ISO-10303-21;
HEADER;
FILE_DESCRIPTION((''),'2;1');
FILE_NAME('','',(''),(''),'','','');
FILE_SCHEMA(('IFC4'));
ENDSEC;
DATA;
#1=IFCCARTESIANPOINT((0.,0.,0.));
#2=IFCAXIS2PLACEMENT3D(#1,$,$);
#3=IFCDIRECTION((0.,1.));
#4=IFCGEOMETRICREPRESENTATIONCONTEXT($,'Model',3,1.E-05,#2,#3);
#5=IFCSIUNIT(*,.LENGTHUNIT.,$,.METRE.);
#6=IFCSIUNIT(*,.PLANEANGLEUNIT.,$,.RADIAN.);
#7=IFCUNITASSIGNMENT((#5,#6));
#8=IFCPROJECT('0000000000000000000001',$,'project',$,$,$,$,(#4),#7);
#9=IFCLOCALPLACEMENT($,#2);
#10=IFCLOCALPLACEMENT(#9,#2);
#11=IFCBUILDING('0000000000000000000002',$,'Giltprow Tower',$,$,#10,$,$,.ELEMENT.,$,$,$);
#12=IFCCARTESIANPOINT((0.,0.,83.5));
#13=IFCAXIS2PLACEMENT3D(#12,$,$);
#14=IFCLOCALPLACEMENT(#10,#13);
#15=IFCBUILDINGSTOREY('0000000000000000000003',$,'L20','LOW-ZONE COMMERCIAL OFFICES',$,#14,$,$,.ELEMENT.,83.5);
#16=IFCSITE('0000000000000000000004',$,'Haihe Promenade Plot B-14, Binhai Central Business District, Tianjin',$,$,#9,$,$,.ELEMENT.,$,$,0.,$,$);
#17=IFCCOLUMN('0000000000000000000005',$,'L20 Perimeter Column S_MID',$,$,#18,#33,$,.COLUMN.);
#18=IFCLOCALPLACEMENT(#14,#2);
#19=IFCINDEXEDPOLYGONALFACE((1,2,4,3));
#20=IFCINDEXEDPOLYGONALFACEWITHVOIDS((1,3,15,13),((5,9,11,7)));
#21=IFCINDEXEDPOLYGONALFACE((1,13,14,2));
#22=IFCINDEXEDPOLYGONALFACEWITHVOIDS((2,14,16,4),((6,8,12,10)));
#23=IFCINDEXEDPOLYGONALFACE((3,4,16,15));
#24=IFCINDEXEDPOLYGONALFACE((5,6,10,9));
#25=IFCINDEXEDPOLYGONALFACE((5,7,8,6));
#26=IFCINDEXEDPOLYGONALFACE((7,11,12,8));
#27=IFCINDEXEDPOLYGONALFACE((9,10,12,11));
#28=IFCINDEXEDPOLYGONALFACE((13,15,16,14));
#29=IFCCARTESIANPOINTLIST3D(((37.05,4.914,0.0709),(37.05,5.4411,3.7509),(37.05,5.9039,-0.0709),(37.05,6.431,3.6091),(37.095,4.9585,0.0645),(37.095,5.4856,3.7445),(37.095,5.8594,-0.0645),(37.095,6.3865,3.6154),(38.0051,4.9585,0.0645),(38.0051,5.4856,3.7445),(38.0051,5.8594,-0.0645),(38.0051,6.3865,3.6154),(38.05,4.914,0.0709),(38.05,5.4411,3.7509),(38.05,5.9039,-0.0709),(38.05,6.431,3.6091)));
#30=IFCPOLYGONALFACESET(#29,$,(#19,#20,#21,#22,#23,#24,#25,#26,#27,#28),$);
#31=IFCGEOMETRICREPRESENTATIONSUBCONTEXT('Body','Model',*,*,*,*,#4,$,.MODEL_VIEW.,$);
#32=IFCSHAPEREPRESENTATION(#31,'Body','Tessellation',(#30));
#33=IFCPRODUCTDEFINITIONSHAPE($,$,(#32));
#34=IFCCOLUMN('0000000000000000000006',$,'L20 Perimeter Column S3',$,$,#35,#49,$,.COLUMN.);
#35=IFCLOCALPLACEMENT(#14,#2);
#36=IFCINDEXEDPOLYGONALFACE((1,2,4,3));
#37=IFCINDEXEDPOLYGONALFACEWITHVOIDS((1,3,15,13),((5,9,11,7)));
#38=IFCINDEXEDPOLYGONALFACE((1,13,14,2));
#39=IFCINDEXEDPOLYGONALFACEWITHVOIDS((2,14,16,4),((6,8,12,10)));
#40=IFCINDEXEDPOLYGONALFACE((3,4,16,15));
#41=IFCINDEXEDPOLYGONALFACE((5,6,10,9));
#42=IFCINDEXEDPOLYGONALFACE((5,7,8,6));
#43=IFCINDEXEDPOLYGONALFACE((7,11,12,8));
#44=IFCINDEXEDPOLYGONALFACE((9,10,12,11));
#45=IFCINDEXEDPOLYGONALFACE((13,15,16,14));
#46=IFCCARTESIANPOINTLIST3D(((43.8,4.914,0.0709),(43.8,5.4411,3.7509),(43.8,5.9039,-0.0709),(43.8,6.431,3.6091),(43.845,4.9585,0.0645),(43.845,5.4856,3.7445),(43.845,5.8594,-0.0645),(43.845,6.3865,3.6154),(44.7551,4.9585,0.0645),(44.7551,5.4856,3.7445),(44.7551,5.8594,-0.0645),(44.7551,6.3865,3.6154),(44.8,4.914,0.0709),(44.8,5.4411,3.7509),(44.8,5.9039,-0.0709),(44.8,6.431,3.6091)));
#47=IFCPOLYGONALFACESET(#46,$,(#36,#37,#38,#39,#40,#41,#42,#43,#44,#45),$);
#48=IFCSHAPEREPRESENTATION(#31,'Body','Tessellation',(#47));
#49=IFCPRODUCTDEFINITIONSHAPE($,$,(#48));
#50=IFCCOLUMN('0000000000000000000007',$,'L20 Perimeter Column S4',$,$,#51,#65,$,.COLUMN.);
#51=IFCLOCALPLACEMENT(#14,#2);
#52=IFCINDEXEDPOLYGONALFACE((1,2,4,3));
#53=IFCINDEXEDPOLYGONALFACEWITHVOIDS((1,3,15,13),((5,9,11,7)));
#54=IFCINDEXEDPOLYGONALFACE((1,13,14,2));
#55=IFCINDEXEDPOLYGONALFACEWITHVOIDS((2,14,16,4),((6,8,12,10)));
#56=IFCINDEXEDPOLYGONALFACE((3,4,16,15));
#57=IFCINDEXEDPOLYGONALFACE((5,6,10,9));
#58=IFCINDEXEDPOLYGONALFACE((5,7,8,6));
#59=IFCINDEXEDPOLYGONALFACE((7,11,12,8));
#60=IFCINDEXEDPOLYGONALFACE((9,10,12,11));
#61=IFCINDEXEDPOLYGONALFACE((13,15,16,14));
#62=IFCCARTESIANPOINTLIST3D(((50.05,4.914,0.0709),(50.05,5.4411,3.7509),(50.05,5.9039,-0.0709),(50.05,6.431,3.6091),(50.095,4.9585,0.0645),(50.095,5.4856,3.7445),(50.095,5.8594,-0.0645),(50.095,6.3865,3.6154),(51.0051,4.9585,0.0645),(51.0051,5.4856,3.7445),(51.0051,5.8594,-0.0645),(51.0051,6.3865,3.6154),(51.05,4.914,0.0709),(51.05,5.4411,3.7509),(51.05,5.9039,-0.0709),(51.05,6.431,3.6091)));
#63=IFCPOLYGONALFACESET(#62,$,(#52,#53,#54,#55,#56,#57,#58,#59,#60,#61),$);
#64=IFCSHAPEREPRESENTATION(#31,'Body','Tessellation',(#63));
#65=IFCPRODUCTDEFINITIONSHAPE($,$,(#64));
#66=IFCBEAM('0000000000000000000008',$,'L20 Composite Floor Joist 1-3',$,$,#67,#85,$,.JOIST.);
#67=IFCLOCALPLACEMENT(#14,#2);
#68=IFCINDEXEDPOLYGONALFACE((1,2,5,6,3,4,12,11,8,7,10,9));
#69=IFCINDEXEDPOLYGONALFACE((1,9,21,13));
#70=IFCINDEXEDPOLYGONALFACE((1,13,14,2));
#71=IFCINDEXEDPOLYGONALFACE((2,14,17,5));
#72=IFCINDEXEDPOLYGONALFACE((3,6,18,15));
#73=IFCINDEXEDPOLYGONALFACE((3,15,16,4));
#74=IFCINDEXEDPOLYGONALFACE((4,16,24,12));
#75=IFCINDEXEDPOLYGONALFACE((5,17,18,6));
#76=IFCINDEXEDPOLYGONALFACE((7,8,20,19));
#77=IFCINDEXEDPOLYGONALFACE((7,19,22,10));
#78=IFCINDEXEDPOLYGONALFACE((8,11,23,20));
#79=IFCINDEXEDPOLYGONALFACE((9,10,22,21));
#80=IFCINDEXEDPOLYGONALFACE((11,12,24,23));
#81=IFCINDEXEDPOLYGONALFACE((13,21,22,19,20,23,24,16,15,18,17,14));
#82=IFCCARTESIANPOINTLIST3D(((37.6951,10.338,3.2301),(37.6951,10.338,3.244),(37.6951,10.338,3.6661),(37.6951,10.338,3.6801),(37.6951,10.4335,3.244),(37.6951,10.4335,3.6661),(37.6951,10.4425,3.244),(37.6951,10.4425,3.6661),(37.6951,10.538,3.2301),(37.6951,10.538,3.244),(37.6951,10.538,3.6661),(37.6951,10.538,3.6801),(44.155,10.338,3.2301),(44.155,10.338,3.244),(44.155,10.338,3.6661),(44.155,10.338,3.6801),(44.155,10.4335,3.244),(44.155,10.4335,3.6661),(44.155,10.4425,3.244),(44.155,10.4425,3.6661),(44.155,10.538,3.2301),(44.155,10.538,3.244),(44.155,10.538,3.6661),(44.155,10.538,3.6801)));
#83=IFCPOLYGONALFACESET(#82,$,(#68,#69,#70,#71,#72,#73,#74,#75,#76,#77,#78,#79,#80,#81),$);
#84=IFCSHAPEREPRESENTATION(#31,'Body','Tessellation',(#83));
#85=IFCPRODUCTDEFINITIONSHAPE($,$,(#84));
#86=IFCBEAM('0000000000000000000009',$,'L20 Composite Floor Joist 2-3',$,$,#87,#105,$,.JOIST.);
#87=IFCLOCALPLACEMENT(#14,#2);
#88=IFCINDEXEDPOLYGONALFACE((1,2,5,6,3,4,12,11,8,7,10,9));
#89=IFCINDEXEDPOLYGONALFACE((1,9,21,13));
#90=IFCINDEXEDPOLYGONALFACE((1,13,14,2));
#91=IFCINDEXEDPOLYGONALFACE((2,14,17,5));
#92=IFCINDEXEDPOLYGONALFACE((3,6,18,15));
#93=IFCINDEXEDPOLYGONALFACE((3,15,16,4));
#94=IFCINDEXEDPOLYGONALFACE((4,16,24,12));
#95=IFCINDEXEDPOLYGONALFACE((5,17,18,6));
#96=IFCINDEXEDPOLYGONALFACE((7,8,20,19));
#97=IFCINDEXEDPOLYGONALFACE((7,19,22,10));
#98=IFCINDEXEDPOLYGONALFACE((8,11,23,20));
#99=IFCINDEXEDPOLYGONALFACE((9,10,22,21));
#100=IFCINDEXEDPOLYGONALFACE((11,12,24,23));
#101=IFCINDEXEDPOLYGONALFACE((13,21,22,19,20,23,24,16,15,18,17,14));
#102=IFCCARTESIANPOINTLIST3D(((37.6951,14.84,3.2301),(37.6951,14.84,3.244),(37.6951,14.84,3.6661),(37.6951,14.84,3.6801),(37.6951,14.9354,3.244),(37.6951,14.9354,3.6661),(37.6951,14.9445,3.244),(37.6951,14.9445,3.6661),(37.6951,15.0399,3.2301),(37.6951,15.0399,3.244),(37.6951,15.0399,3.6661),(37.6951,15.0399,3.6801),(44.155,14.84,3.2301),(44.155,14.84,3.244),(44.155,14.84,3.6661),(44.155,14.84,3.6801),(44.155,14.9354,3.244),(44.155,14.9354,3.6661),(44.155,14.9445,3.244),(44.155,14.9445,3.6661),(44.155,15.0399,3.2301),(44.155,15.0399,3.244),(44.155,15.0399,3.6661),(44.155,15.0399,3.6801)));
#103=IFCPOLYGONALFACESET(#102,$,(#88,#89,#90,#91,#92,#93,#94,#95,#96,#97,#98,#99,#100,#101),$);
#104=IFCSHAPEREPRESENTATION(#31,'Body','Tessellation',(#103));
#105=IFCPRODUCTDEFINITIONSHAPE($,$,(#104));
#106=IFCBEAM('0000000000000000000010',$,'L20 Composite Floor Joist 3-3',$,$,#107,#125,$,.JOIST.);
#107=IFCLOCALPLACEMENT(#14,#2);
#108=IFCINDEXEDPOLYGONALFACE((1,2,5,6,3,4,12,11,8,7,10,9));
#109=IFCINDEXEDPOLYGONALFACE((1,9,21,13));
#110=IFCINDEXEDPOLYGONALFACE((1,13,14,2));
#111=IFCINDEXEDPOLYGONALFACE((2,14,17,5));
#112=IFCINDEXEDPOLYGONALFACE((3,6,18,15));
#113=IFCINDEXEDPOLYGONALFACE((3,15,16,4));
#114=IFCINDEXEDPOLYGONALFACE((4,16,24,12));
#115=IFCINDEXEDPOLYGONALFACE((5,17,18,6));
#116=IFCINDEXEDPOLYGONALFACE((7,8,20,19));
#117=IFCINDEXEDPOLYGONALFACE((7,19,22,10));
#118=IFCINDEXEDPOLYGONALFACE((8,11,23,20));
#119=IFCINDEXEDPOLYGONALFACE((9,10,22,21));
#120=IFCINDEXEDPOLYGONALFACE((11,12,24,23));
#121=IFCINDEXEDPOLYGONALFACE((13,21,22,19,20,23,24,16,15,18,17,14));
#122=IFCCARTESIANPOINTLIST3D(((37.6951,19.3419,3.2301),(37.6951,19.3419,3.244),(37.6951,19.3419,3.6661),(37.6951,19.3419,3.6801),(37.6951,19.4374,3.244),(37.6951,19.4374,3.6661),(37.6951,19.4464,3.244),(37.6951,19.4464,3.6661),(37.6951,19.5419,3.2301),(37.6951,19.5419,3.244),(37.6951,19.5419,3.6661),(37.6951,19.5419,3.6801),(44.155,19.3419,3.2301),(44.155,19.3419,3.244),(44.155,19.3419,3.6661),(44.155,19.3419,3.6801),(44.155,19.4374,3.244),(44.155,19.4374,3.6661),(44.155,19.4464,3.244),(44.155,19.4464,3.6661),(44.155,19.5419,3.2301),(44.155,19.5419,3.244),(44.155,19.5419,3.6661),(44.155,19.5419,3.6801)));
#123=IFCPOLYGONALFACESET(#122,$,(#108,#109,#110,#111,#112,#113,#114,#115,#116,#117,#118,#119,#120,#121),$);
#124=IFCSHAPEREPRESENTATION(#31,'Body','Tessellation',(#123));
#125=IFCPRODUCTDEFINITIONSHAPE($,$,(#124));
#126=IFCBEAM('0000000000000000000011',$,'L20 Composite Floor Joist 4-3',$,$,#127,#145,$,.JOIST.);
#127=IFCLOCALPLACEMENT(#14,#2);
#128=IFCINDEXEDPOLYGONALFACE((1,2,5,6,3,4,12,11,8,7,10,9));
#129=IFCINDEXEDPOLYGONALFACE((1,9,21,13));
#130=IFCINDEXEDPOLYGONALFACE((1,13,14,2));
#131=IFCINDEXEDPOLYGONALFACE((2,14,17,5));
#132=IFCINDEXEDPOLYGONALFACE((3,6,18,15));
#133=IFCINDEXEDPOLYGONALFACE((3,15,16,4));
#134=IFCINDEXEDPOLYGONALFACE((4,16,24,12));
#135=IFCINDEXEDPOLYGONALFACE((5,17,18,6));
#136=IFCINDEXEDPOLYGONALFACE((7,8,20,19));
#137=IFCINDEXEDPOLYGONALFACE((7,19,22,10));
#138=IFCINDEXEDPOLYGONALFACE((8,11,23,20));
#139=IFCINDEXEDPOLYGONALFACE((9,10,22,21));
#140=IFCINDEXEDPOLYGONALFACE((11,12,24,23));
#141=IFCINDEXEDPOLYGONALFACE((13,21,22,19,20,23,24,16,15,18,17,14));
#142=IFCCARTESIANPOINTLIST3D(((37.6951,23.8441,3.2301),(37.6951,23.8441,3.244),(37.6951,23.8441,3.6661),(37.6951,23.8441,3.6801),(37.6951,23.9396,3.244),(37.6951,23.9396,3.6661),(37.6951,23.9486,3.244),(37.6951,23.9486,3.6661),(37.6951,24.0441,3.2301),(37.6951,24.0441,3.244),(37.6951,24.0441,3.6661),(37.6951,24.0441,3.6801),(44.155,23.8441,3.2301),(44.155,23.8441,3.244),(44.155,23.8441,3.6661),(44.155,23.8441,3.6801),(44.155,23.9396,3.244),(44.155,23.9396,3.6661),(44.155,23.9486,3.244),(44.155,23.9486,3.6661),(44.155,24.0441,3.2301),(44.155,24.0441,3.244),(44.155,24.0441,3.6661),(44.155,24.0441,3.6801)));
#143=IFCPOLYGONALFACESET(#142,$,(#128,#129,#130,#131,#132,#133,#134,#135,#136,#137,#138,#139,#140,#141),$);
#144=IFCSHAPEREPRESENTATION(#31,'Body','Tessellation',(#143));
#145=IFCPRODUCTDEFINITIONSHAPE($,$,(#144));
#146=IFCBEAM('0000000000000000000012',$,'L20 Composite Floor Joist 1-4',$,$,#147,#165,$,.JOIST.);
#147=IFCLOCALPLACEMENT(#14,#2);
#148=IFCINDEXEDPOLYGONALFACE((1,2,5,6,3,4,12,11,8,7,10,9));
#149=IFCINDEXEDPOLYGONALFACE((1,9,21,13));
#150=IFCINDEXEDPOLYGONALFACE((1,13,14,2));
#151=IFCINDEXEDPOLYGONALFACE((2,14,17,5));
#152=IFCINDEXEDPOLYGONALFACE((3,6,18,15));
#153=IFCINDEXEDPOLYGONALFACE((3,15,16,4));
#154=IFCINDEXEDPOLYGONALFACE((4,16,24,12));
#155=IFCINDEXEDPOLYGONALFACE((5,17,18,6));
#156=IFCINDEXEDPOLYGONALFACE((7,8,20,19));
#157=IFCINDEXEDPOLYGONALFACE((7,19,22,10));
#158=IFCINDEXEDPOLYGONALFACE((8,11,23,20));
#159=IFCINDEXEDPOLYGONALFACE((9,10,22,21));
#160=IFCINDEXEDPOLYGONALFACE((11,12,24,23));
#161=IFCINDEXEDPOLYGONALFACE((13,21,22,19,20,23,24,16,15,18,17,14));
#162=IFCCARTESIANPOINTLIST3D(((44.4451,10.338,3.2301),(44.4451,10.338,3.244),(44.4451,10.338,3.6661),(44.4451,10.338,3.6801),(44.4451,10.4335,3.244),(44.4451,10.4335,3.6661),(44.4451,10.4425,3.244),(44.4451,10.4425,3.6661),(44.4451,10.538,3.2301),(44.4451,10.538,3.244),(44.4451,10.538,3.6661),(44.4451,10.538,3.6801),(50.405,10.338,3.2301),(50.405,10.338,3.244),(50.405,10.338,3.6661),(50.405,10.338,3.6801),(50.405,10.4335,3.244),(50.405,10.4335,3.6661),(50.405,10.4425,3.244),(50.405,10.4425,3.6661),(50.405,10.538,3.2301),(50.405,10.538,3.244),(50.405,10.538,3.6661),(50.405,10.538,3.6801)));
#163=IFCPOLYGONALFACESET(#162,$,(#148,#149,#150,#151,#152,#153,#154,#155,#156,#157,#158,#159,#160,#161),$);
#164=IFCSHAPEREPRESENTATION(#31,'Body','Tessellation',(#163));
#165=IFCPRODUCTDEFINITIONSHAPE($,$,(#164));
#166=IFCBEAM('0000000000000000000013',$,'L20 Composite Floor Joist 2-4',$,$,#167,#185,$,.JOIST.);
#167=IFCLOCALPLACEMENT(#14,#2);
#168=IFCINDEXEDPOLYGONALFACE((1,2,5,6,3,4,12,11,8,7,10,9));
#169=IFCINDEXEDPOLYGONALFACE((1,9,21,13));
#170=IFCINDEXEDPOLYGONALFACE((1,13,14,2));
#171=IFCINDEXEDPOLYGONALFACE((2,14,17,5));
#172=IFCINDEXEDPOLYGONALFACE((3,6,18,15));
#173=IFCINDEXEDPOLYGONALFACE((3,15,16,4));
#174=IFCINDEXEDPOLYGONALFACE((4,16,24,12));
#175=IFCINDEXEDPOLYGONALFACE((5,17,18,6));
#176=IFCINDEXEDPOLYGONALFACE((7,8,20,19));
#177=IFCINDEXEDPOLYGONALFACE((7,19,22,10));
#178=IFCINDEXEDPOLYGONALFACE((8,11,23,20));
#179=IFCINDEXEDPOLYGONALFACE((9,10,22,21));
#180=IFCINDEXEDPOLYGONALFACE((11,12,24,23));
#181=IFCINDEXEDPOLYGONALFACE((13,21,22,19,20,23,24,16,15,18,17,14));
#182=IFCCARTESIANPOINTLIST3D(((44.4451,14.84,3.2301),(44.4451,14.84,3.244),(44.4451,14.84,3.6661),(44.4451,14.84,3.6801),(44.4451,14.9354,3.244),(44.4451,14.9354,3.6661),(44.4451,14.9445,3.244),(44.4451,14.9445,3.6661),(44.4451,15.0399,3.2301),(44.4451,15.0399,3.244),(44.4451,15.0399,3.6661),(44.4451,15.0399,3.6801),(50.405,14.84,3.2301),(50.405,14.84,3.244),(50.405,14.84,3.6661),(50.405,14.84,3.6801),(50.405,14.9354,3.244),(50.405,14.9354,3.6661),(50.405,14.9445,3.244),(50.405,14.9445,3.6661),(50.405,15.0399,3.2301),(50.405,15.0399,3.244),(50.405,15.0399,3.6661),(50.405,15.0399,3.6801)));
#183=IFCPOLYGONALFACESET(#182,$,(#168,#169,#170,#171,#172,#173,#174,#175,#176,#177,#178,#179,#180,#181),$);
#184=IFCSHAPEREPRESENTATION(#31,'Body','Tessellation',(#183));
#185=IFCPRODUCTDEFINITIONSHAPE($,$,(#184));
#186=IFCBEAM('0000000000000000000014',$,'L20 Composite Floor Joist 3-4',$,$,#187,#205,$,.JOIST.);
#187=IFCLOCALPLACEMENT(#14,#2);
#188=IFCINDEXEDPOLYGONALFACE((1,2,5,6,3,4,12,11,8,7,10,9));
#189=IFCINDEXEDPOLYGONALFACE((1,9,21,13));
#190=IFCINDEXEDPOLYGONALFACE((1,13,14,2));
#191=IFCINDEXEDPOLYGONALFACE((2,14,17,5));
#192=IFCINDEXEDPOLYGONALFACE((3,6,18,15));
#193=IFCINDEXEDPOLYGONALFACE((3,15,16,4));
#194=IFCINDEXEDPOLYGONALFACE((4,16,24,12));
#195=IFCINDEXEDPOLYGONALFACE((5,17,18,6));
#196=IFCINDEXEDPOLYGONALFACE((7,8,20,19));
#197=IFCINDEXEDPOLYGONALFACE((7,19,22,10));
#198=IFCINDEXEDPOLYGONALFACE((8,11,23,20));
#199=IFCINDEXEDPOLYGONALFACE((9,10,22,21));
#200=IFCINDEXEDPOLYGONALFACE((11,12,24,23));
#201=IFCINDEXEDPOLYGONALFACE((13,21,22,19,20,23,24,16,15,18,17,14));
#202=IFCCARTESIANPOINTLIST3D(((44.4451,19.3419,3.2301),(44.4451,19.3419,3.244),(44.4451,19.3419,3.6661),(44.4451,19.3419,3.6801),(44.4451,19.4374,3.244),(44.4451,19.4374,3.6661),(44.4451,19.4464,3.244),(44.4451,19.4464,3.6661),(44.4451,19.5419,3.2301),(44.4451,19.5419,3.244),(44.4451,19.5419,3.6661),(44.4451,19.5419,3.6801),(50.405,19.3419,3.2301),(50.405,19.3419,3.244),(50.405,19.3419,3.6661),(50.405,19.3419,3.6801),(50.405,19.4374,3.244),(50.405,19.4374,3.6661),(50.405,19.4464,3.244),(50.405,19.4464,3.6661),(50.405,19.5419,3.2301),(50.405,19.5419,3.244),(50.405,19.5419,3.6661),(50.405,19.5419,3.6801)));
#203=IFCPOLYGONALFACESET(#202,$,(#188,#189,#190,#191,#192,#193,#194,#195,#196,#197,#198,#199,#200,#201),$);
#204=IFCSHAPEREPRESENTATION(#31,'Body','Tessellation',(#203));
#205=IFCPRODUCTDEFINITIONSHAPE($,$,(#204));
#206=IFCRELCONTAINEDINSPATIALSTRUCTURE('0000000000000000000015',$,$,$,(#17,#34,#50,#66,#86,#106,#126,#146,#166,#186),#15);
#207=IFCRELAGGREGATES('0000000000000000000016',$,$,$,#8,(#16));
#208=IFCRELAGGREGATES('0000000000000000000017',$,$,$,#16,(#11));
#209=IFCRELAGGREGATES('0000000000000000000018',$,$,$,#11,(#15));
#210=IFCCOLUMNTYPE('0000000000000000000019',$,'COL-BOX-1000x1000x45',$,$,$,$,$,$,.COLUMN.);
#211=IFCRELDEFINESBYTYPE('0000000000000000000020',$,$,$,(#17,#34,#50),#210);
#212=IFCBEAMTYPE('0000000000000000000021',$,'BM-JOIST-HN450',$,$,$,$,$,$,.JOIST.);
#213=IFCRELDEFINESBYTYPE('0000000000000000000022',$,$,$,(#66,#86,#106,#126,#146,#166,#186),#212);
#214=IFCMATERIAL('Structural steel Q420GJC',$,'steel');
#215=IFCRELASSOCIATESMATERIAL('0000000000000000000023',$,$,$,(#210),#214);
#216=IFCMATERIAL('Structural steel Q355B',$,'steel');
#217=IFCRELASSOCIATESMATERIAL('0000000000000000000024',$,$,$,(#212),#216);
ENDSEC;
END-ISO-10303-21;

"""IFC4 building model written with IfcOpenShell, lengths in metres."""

from ifc_helpers import new_model, si_unit, direction, frame, origin, origin_2d, place, context, subcontext, project, spatial, hollow_rectangle, i_section, extrude, source, transform, mapped, material, material_profile, profile_set, type_object, element, save


model = new_model("IFC4")

# Units and contexts
model_context = context("Model", 3, precision=1e-05, world=origin(), true_north=direction((0.0, 1.0)))
body_context = subcontext(model_context, "Body", "Model", "MODEL_VIEW")
ifc_project = project(units=[si_unit("LENGTHUNIT", "METRE"), si_unit("PLANEANGLEUNIT", "RADIAN")], contexts=[model_context])

# Site, building, storey
site_placement = place(None, origin())
site = spatial("IfcSite", under=ifc_project, at=site_placement, Name="Haihe Promenade Plot B-14, Binhai Central Business District, Tianjin", CompositionType="ELEMENT", RefElevation=0.0)
building_placement = place(site_placement, origin())
building = spatial("IfcBuilding", under=site, at=building_placement, Name="Giltprow Tower", CompositionType="ELEMENT")
storey_placement = place(building_placement, frame((0.0, 0.0, 83.5)))
storey = spatial("IfcBuildingStorey", under=building, at=storey_placement, Name="L20", Description="LOW-ZONE COMMERCIAL OFFICES", CompositionType="ELEMENT", Elevation=83.5)

# Columns
ifc_material_1 = material(Name="Structural steel Q420GJC", Category="steel")
ifc_material_profile_1 = material_profile(ifc_material_1, hollow_rectangle(XDim=1.0, YDim=1.0, WallThickness=0.0449, at=origin_2d()), Name="BOX 1000x1000x45")
ifc_profile_set_1 = profile_set([ifc_material_profile_1], Name="Structural steel Q420GJC")
column_type = type_object("IfcColumnType", Name="COL-BOX-1000x1000x45", PredefinedType="COLUMN", material=ifc_profile_set_1)
shared_shape_1 = source(origin(), body_context, "Body", "SweptSolid", [
    extrude(hollow_rectangle(XDim=1.0, YDim=1.0, WallThickness=0.0449, at=origin_2d()), origin(), (0.0, 0.0, 1.0), 3.7175),
])
for number, where, z_axis, x_axis, name in (
    (1, (37.55, 5.4089, 0.0), (0.0, 0.141789, 0.989897), (-1.0, 0.0, 0.0), "L20 Perimeter Column S_MID"),
    (2, (44.3, 5.4089, 0.0), (0.0, 0.141789, 0.989897), (-1.0, 0.0, 0.0), "L20 Perimeter Column S3"),
    (3, (50.55, 5.4089, 0.0), (0.0, 0.141789, 0.989897), (-1.0, 0.0, 0.0), "L20 Perimeter Column S4"),
):
    element("IfcColumn", number, at=place(storey_placement, frame(where, z_axis=z_axis, x_axis=x_axis)), inside=storey, type_object=column_type, Name=name, PredefinedType="COLUMN", context=body_context, shape_type="MappedRepresentation", body=[
        mapped(shared_shape_1, transform((0.0, 0.0, 0.0), x_axis=(1.0, 0.0, 0.0), y_axis=(0.0, 1.0, 0.0), z_axis=(0.0, 0.0, 1.0), scale=1.0)),
    ])

# Beams
ifc_material_2 = material(Name="Structural steel Q355B", Category="steel")
ifc_material_profile_2 = material_profile(ifc_material_2, i_section(OverallWidth=0.2, OverallDepth=0.45, WebThickness=0.009, FlangeThickness=0.0139, at=origin_2d()), Name="HN 450x200x9x14")
ifc_profile_set_2 = profile_set([ifc_material_profile_2], Name="Structural steel Q355B")
beam_type_1 = type_object("IfcBeamType", Name="BM-JOIST-HN450", PredefinedType="JOIST", material=ifc_profile_set_2)
shared_shape_2 = source(origin(), body_context, "Body", "SweptSolid", [
    extrude(i_section(OverallWidth=0.2, OverallDepth=0.45, WebThickness=0.009, FlangeThickness=0.0139, at=origin_2d()), origin(), (0.0, 0.0, 1.0), 6.46),
])
for number, where, z_axis, x_axis, name in (
    (4, (37.6951, 10.438, 3.4551), (1.0, 0.0, 0.0), (0.0, 1.0, 0.0), "L20 Composite Floor Joist 1-3"),
    (5, (37.6951, 14.9399, 3.4551), (1.0, 0.0, 0.0), (0.0, 1.0, 0.0), "L20 Composite Floor Joist 2-3"),
    (6, (37.6951, 19.4419, 3.4551), (1.0, 0.0, 0.0), (0.0, 1.0, 0.0), "L20 Composite Floor Joist 3-3"),
    (7, (37.6951, 23.9441, 3.4551), (1.0, 0.0, 0.0), (0.0, 1.0, 0.0), "L20 Composite Floor Joist 4-3"),
):
    element("IfcBeam", number, at=place(storey_placement, frame(where, z_axis=z_axis, x_axis=x_axis)), inside=storey, type_object=beam_type_1, Name=name, PredefinedType="JOIST", context=body_context, shape_type="MappedRepresentation", body=[
        mapped(shared_shape_2, transform((0.0, 0.0, 0.0), x_axis=(1.0, 0.0, 0.0), y_axis=(0.0, 1.0, 0.0), z_axis=(0.0, 0.0, 1.0), scale=1.0)),
    ])
shared_shape_3 = source(origin(), body_context, "Body", "SweptSolid", [
    extrude(i_section(OverallWidth=0.2, OverallDepth=0.45, WebThickness=0.009, FlangeThickness=0.0139, at=origin_2d()), origin(), (0.0, 0.0, 1.0), 5.96),
])
for number, where, z_axis, x_axis, name in (
    (8, (44.4451, 10.438, 3.4551), (1.0, 0.0, 0.0), (0.0, 1.0, 0.0), "L20 Composite Floor Joist 1-4"),
    (9, (44.4451, 14.9399, 3.4551), (1.0, 0.0, 0.0), (0.0, 1.0, 0.0), "L20 Composite Floor Joist 2-4"),
    (10, (44.4451, 19.4419, 3.4551), (1.0, 0.0, 0.0), (0.0, 1.0, 0.0), "L20 Composite Floor Joist 3-4"),
):
    element("IfcBeam", number, at=place(storey_placement, frame(where, z_axis=z_axis, x_axis=x_axis)), inside=storey, type_object=beam_type_1, Name=name, PredefinedType="JOIST", context=body_context, shape_type="MappedRepresentation", body=[
        mapped(shared_shape_3, transform((0.0, 0.0, 0.0), x_axis=(1.0, 0.0, 0.0), y_axis=(0.0, 1.0, 0.0), z_axis=(0.0, 0.0, 1.0), scale=1.0)),
    ])

save(model, "model.ifc")
